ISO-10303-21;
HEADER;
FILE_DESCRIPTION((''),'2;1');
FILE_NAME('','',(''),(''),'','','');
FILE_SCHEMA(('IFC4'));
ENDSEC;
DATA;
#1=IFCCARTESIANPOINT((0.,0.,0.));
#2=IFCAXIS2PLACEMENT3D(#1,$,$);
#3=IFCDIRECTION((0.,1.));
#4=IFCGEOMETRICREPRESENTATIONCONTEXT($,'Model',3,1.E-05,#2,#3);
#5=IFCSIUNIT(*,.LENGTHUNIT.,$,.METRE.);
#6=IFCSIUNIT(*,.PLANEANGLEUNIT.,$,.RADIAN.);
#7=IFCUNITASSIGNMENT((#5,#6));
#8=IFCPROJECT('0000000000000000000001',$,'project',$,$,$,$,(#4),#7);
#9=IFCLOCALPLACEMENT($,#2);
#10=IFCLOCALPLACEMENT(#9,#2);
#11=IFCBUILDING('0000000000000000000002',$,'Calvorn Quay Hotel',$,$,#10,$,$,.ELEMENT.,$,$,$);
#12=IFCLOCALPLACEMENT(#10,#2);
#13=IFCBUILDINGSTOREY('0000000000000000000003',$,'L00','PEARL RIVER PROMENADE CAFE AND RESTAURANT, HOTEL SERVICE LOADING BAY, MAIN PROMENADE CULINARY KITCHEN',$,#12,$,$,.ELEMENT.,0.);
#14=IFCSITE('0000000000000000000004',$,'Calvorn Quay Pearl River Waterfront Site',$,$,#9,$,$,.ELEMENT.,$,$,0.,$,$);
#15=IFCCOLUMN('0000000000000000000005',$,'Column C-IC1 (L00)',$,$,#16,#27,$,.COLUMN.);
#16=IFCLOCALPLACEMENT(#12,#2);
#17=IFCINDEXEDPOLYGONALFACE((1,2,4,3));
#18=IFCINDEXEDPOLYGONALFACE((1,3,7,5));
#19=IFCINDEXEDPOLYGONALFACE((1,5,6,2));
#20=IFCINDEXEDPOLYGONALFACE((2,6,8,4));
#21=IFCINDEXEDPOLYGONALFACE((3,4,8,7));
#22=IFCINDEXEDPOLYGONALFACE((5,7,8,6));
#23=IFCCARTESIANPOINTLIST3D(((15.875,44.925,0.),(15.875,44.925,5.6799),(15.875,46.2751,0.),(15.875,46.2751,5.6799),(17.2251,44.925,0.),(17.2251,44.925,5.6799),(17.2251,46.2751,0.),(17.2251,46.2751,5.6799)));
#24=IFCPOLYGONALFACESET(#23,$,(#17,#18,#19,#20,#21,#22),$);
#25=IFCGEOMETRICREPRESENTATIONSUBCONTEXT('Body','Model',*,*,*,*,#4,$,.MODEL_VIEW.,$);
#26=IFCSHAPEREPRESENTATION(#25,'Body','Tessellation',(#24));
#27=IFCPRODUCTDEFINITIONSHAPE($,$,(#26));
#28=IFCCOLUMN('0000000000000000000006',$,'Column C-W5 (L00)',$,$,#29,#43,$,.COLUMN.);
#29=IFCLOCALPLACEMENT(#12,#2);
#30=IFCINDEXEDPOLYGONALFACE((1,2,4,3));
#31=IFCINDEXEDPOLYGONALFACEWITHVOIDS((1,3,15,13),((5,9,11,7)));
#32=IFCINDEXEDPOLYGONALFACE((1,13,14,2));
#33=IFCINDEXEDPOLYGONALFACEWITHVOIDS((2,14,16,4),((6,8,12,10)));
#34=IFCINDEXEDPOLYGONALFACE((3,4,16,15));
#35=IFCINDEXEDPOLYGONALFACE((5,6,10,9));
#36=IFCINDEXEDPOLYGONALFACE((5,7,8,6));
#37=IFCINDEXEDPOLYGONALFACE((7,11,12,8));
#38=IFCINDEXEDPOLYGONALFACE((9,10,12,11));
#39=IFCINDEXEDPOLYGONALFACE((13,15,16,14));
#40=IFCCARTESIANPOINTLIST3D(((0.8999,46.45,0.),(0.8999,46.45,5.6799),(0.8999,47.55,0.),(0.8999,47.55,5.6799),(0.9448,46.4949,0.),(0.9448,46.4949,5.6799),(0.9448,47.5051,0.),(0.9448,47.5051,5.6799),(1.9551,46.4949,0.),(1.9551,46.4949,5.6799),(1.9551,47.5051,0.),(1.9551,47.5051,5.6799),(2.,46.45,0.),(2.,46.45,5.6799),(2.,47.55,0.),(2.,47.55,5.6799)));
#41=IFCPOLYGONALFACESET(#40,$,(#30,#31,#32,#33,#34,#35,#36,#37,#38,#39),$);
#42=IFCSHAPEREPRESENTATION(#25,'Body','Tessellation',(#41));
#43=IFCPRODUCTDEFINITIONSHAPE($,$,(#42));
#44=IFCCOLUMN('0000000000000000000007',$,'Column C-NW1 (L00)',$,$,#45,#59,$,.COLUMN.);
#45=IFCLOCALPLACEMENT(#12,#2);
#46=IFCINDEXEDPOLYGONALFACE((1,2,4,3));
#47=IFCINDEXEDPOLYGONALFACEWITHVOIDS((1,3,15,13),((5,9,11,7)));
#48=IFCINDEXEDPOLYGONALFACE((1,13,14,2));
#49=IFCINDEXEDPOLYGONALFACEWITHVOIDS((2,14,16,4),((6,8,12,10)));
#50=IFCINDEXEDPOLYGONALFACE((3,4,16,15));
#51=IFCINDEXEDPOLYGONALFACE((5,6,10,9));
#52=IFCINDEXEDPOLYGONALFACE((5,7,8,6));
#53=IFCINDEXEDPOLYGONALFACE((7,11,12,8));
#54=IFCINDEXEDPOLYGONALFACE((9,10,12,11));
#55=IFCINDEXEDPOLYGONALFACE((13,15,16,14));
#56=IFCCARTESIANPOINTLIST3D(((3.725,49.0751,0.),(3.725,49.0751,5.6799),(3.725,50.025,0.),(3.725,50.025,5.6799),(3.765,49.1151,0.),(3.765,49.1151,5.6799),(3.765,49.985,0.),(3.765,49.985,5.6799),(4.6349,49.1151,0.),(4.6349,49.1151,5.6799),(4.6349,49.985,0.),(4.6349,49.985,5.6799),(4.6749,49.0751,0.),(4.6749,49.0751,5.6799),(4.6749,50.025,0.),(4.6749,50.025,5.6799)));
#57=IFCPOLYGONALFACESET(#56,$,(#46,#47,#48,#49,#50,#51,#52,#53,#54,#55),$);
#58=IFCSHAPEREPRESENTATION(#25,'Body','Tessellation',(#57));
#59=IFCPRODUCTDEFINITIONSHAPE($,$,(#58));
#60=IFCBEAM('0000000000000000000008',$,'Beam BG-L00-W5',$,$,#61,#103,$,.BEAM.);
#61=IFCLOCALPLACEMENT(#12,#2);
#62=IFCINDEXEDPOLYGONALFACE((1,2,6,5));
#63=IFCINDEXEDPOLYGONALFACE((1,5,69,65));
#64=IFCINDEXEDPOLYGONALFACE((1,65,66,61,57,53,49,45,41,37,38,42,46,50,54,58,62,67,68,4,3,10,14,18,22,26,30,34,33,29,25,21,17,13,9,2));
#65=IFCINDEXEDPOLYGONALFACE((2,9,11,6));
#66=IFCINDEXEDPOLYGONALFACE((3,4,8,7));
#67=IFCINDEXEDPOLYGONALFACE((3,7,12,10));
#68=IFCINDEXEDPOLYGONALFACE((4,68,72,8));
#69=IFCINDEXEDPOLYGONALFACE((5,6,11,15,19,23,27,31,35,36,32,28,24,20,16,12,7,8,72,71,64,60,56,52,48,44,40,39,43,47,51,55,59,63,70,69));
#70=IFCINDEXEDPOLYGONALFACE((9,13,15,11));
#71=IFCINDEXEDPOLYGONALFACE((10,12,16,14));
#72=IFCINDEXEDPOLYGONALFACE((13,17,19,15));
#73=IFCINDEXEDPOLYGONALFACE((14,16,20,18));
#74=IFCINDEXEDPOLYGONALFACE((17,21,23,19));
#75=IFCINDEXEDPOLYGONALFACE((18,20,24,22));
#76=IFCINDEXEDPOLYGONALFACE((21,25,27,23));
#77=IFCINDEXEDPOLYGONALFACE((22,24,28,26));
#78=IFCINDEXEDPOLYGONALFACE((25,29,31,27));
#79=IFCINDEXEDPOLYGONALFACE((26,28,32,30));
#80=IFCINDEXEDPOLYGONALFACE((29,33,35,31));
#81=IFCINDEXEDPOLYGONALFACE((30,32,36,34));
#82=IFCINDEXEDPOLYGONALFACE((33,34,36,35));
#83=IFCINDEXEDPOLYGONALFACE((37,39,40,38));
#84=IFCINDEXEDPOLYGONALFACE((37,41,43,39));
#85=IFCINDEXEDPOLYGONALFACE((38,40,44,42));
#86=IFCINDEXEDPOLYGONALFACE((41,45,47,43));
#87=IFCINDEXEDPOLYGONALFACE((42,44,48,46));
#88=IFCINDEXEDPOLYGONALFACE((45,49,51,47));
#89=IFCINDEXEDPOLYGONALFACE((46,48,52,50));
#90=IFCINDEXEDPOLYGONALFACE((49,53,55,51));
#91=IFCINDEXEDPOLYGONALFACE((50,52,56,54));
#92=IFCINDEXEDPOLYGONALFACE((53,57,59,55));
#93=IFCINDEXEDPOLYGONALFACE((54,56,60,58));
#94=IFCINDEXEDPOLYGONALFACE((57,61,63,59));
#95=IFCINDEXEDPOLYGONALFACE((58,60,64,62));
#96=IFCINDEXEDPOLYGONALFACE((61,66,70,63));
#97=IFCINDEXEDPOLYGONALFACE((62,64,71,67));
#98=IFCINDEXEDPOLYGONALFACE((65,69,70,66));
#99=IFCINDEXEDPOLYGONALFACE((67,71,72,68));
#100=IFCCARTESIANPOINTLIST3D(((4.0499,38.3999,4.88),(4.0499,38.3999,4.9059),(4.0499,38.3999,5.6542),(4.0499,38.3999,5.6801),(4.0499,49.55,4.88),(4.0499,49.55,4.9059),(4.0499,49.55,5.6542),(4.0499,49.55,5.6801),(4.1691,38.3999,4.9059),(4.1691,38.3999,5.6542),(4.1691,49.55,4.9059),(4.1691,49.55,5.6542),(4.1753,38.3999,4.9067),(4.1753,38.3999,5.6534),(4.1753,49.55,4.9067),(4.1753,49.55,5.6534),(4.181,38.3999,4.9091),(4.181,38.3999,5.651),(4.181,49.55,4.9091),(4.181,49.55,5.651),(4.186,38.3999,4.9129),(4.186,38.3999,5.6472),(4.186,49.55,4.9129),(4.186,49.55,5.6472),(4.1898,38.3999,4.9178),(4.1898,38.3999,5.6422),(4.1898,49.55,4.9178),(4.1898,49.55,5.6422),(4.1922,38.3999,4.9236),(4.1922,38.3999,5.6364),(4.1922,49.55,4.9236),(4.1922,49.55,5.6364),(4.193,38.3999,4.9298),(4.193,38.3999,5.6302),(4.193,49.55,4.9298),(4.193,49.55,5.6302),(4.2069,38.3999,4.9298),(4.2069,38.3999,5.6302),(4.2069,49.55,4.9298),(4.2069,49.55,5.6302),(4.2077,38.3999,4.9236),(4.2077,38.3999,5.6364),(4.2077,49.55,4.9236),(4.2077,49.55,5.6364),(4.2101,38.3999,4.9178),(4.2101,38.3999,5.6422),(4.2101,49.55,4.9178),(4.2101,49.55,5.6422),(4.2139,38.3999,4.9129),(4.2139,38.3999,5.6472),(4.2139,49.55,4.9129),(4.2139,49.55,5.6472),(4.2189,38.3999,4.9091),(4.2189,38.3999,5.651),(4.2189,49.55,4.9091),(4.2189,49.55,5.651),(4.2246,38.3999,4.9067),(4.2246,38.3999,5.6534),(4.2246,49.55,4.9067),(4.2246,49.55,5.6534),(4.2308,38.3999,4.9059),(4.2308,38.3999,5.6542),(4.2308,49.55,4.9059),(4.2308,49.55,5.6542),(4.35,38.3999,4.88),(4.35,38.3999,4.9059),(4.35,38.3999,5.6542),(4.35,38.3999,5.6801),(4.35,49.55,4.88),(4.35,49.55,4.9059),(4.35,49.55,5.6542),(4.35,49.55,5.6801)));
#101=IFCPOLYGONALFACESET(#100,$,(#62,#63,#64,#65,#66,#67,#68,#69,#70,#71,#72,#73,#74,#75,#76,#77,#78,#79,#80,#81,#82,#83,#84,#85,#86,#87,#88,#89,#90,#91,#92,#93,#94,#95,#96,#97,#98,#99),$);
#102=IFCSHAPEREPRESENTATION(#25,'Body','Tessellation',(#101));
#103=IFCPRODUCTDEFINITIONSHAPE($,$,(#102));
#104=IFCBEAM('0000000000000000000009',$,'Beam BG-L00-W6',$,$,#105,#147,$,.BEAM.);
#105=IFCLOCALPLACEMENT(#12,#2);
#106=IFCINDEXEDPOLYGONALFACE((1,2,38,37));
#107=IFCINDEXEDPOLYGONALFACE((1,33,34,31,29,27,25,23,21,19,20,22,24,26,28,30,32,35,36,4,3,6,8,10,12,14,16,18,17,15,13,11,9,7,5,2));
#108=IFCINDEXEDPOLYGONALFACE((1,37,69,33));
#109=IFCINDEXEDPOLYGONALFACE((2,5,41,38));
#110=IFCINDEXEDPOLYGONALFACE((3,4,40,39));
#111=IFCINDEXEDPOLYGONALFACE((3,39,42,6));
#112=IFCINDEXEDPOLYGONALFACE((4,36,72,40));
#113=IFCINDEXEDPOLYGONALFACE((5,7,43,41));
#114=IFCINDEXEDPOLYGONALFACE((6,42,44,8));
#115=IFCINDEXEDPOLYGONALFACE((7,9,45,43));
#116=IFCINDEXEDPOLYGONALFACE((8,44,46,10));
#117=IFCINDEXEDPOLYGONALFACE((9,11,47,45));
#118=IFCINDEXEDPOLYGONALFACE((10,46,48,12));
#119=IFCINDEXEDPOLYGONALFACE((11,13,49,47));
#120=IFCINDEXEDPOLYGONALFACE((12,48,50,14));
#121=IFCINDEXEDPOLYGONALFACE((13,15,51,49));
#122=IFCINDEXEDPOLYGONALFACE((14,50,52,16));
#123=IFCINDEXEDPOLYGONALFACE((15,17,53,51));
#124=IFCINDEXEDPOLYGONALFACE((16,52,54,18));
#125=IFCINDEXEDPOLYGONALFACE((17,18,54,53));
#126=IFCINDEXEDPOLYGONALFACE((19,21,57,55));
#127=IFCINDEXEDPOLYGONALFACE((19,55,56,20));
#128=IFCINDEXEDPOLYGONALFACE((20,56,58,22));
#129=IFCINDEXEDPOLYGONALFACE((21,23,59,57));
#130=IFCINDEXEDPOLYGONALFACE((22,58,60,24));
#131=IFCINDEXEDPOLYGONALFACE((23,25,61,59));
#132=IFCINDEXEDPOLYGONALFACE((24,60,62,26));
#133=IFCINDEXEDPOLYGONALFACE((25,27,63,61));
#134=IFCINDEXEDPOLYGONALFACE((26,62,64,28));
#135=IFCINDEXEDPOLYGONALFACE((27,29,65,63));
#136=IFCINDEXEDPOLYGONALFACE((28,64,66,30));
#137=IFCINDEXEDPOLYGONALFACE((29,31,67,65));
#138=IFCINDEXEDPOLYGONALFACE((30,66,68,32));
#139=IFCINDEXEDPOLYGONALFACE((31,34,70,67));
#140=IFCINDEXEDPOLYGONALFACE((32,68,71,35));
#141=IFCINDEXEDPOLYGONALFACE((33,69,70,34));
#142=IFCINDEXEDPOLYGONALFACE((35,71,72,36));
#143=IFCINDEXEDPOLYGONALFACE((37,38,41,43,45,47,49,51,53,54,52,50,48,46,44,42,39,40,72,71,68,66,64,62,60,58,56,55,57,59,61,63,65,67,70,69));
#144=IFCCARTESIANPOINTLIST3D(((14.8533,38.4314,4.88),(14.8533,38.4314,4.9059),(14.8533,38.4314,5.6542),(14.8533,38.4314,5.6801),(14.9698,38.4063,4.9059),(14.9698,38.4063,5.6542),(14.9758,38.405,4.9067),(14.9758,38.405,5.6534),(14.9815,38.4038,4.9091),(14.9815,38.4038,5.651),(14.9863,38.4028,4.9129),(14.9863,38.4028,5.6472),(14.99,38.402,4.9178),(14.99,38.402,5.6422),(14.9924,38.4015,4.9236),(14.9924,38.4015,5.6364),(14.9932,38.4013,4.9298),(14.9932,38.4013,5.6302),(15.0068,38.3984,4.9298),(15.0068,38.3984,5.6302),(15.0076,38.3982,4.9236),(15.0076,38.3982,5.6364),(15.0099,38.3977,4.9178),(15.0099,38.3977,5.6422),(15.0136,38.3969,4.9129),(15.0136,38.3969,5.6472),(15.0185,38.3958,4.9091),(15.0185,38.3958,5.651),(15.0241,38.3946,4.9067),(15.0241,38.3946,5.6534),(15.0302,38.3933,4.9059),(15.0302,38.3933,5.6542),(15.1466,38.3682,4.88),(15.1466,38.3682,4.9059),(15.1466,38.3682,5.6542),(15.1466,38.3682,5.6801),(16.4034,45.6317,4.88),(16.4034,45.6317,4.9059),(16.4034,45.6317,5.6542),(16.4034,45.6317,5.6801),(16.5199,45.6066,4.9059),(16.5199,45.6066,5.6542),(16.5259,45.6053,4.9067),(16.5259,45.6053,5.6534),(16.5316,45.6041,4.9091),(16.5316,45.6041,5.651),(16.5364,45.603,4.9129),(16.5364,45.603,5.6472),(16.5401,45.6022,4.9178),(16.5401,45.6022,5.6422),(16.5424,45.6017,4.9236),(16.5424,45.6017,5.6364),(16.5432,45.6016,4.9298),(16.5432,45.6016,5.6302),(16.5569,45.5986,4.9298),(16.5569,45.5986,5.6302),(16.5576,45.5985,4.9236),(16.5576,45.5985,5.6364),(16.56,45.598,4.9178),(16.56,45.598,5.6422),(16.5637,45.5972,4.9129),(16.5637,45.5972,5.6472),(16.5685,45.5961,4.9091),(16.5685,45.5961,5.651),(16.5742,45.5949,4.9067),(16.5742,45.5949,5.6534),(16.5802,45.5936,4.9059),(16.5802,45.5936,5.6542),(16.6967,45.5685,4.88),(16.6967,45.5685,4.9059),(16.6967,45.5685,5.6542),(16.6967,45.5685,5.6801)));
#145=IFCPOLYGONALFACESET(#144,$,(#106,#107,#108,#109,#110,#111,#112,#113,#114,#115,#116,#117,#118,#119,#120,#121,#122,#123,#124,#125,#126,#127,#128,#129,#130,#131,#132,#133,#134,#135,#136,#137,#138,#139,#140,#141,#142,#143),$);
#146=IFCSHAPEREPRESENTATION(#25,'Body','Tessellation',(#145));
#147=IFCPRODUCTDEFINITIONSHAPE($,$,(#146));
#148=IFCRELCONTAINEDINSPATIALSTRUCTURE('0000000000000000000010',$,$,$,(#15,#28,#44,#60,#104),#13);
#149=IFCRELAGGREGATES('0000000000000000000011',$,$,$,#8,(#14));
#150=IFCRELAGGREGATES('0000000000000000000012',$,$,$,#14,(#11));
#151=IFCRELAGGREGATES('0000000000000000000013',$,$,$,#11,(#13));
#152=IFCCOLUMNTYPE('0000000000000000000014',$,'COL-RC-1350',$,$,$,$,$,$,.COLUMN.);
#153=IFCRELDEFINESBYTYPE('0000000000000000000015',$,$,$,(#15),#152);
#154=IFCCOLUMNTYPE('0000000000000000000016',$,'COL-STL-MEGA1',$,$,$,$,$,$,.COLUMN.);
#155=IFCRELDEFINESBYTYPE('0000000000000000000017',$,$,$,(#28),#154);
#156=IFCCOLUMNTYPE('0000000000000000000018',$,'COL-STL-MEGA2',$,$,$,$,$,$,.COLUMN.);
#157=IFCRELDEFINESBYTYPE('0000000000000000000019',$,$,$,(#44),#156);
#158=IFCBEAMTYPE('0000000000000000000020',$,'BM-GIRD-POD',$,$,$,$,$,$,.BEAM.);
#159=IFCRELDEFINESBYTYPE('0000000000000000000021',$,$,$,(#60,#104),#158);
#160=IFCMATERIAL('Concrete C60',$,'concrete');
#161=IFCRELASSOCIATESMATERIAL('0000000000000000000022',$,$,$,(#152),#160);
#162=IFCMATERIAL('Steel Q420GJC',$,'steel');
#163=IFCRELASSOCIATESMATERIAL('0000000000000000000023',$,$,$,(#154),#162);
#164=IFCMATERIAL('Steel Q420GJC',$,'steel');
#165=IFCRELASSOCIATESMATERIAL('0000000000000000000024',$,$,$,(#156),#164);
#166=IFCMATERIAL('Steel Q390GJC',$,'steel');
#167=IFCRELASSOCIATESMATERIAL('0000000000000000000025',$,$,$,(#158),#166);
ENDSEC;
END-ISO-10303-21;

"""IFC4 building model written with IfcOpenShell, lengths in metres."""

from ifc_helpers import new_model, si_unit, direction, frame, origin, origin_2d, place, context, subcontext, project, spatial, rectangle, hollow_rectangle, i_section, extrude, material, material_profile, profile_set, type_object, element, save


model = new_model("IFC4")

# Units and contexts
model_context = context("Model", 3, precision=1e-05, world=origin(), true_north=direction((0.0, 1.0)))
body_context = subcontext(model_context, "Body", "Model", "MODEL_VIEW")
ifc_project = project(units=[si_unit("LENGTHUNIT", "METRE"), si_unit("PLANEANGLEUNIT", "RADIAN")], contexts=[model_context])

# Site, building, storey
site_placement = place(None, origin())
site = spatial("IfcSite", under=ifc_project, at=site_placement, Name="Calvorn Quay Pearl River Waterfront Site", CompositionType="ELEMENT", RefElevation=0.0)
building_placement = place(site_placement, origin())
building = spatial("IfcBuilding", under=site, at=building_placement, Name="Calvorn Quay Hotel", CompositionType="ELEMENT")
storey_placement = place(building_placement, origin())
storey = spatial("IfcBuildingStorey", under=building, at=storey_placement, Name="L00", Description="PEARL RIVER PROMENADE CAFE AND RESTAURANT, HOTEL SERVICE LOADING BAY, MAIN PROMENADE CULINARY KITCHEN", CompositionType="ELEMENT", Elevation=0.0)

# Columns
ifc_material_1 = material(Name="Concrete C60", Category="concrete")
ifc_material_profile_1 = material_profile(ifc_material_1, rectangle(XDim=1.3501, YDim=1.3501, at=origin_2d()), Name="RC1350x1350")
ifc_profile_set_1 = profile_set([ifc_material_profile_1], Name="Concrete C60")
column_type_1 = type_object("IfcColumnType", Name="COL-RC-1350", PredefinedType="COLUMN", material=ifc_profile_set_1)
column_1_placement = place(storey_placement, frame((16.55, 45.6001, 0.0), z_axis=(0.0, 0.0, 1.0), x_axis=(1.0, 0.0, 0.0)))
element("IfcColumn", 1, at=column_1_placement, inside=storey, type_object=column_type_1, Name="Column C-IC1 (L00)", PredefinedType="COLUMN", context=body_context, shape_type="SweptSolid", body=[
    extrude(rectangle(XDim=1.3501, YDim=1.3501, at=origin_2d()), origin(), (0.0, 0.0, 1.0), 5.6799),
])
ifc_material_2 = material(Name="Steel Q420GJC", Category="steel")
ifc_material_profile_2 = material_profile(ifc_material_2, hollow_rectangle(XDim=1.1001, YDim=1.1001, WallThickness=0.0449, at=origin_2d()), Name="BOX1100x1100x45")
ifc_profile_set_2 = profile_set([ifc_material_profile_2], Name="Steel Q420GJC")
column_type_2 = type_object("IfcColumnType", Name="COL-STL-MEGA1", PredefinedType="COLUMN", material=ifc_profile_set_2)
column_2_placement = place(storey_placement, frame((1.45, 47.0, 0.0), z_axis=(0.0, 0.0, 1.0), x_axis=(1.0, 0.0, 0.0)))
element("IfcColumn", 2, at=column_2_placement, inside=storey, type_object=column_type_2, Name="Column C-W5 (L00)", PredefinedType="COLUMN", context=body_context, shape_type="SweptSolid", body=[
    extrude(hollow_rectangle(XDim=1.1001, YDim=1.1001, WallThickness=0.0449, at=origin_2d()), origin(), (0.0, 0.0, 1.0), 5.6799),
])
ifc_material_3 = material(Name="Steel Q420GJC", Category="steel")
ifc_material_profile_3 = material_profile(ifc_material_3, hollow_rectangle(XDim=0.95, YDim=0.95, WallThickness=0.04, at=origin_2d()), Name="BOX950x950x40")
ifc_profile_set_3 = profile_set([ifc_material_profile_3], Name="Steel Q420GJC")
column_type_3 = type_object("IfcColumnType", Name="COL-STL-MEGA2", PredefinedType="COLUMN", material=ifc_profile_set_3)
column_3_placement = place(storey_placement, frame((4.2, 49.55, 0.0), z_axis=(0.0, 0.0, 1.0), x_axis=(1.0, 0.0, 0.0)))
element("IfcColumn", 3, at=column_3_placement, inside=storey, type_object=column_type_3, Name="Column C-NW1 (L00)", PredefinedType="COLUMN", context=body_context, shape_type="SweptSolid", body=[
    extrude(hollow_rectangle(XDim=0.95, YDim=0.95, WallThickness=0.04, at=origin_2d()), origin(), (0.0, 0.0, 1.0), 5.6799),
])

# Beams
ifc_material_4 = material(Name="Steel Q390GJC", Category="steel")
ifc_material_profile_4 = material_profile(ifc_material_4, i_section(OverallWidth=0.3, OverallDepth=0.8, WebThickness=0.0139, FlangeThickness=0.0259, FilletRadius=0.0239, at=origin_2d()), Name="HN800x300x14x26")
ifc_profile_set_4 = profile_set([ifc_material_profile_4], Name="Steel Q390GJC")
beam_type_1 = type_object("IfcBeamType", Name="BM-GIRD-POD", PredefinedType="BEAM", material=ifc_profile_set_4)
beam_1_placement = place(storey_placement, frame((4.2, 49.55, 5.28), z_axis=(0.0, -1.0, 0.0), x_axis=(1.0, 0.0, 0.0)))
element("IfcBeam", 4, at=beam_1_placement, inside=storey, type_object=beam_type_1, Name="Beam BG-L00-W5", PredefinedType="BEAM", context=body_context, shape_type="SweptSolid", body=[
    extrude(i_section(OverallWidth=0.3, OverallDepth=0.8, WebThickness=0.0139, FlangeThickness=0.0259, FilletRadius=0.0239, at=origin_2d()), origin(), (0.0, 0.0, 1.0), 11.1501),
])
beam_2_placement = place(storey_placement, frame((16.55, 45.6001, 5.28), z_axis=(-0.210457, -0.977603, 0.0), x_axis=(0.977603, -0.210457, 0.0)))
element("IfcBeam", 5, at=beam_2_placement, inside=storey, type_object=beam_type_1, Name="Beam BG-L00-W6", PredefinedType="BEAM", context=body_context, shape_type="SweptSolid", body=[
    extrude(i_section(OverallWidth=0.3, OverallDepth=0.8, WebThickness=0.0139, FlangeThickness=0.0259, FilletRadius=0.0239, at=origin_2d()), origin(), (0.0, 0.0, 1.0), 7.3652),
])

save(model, "model.ifc")
